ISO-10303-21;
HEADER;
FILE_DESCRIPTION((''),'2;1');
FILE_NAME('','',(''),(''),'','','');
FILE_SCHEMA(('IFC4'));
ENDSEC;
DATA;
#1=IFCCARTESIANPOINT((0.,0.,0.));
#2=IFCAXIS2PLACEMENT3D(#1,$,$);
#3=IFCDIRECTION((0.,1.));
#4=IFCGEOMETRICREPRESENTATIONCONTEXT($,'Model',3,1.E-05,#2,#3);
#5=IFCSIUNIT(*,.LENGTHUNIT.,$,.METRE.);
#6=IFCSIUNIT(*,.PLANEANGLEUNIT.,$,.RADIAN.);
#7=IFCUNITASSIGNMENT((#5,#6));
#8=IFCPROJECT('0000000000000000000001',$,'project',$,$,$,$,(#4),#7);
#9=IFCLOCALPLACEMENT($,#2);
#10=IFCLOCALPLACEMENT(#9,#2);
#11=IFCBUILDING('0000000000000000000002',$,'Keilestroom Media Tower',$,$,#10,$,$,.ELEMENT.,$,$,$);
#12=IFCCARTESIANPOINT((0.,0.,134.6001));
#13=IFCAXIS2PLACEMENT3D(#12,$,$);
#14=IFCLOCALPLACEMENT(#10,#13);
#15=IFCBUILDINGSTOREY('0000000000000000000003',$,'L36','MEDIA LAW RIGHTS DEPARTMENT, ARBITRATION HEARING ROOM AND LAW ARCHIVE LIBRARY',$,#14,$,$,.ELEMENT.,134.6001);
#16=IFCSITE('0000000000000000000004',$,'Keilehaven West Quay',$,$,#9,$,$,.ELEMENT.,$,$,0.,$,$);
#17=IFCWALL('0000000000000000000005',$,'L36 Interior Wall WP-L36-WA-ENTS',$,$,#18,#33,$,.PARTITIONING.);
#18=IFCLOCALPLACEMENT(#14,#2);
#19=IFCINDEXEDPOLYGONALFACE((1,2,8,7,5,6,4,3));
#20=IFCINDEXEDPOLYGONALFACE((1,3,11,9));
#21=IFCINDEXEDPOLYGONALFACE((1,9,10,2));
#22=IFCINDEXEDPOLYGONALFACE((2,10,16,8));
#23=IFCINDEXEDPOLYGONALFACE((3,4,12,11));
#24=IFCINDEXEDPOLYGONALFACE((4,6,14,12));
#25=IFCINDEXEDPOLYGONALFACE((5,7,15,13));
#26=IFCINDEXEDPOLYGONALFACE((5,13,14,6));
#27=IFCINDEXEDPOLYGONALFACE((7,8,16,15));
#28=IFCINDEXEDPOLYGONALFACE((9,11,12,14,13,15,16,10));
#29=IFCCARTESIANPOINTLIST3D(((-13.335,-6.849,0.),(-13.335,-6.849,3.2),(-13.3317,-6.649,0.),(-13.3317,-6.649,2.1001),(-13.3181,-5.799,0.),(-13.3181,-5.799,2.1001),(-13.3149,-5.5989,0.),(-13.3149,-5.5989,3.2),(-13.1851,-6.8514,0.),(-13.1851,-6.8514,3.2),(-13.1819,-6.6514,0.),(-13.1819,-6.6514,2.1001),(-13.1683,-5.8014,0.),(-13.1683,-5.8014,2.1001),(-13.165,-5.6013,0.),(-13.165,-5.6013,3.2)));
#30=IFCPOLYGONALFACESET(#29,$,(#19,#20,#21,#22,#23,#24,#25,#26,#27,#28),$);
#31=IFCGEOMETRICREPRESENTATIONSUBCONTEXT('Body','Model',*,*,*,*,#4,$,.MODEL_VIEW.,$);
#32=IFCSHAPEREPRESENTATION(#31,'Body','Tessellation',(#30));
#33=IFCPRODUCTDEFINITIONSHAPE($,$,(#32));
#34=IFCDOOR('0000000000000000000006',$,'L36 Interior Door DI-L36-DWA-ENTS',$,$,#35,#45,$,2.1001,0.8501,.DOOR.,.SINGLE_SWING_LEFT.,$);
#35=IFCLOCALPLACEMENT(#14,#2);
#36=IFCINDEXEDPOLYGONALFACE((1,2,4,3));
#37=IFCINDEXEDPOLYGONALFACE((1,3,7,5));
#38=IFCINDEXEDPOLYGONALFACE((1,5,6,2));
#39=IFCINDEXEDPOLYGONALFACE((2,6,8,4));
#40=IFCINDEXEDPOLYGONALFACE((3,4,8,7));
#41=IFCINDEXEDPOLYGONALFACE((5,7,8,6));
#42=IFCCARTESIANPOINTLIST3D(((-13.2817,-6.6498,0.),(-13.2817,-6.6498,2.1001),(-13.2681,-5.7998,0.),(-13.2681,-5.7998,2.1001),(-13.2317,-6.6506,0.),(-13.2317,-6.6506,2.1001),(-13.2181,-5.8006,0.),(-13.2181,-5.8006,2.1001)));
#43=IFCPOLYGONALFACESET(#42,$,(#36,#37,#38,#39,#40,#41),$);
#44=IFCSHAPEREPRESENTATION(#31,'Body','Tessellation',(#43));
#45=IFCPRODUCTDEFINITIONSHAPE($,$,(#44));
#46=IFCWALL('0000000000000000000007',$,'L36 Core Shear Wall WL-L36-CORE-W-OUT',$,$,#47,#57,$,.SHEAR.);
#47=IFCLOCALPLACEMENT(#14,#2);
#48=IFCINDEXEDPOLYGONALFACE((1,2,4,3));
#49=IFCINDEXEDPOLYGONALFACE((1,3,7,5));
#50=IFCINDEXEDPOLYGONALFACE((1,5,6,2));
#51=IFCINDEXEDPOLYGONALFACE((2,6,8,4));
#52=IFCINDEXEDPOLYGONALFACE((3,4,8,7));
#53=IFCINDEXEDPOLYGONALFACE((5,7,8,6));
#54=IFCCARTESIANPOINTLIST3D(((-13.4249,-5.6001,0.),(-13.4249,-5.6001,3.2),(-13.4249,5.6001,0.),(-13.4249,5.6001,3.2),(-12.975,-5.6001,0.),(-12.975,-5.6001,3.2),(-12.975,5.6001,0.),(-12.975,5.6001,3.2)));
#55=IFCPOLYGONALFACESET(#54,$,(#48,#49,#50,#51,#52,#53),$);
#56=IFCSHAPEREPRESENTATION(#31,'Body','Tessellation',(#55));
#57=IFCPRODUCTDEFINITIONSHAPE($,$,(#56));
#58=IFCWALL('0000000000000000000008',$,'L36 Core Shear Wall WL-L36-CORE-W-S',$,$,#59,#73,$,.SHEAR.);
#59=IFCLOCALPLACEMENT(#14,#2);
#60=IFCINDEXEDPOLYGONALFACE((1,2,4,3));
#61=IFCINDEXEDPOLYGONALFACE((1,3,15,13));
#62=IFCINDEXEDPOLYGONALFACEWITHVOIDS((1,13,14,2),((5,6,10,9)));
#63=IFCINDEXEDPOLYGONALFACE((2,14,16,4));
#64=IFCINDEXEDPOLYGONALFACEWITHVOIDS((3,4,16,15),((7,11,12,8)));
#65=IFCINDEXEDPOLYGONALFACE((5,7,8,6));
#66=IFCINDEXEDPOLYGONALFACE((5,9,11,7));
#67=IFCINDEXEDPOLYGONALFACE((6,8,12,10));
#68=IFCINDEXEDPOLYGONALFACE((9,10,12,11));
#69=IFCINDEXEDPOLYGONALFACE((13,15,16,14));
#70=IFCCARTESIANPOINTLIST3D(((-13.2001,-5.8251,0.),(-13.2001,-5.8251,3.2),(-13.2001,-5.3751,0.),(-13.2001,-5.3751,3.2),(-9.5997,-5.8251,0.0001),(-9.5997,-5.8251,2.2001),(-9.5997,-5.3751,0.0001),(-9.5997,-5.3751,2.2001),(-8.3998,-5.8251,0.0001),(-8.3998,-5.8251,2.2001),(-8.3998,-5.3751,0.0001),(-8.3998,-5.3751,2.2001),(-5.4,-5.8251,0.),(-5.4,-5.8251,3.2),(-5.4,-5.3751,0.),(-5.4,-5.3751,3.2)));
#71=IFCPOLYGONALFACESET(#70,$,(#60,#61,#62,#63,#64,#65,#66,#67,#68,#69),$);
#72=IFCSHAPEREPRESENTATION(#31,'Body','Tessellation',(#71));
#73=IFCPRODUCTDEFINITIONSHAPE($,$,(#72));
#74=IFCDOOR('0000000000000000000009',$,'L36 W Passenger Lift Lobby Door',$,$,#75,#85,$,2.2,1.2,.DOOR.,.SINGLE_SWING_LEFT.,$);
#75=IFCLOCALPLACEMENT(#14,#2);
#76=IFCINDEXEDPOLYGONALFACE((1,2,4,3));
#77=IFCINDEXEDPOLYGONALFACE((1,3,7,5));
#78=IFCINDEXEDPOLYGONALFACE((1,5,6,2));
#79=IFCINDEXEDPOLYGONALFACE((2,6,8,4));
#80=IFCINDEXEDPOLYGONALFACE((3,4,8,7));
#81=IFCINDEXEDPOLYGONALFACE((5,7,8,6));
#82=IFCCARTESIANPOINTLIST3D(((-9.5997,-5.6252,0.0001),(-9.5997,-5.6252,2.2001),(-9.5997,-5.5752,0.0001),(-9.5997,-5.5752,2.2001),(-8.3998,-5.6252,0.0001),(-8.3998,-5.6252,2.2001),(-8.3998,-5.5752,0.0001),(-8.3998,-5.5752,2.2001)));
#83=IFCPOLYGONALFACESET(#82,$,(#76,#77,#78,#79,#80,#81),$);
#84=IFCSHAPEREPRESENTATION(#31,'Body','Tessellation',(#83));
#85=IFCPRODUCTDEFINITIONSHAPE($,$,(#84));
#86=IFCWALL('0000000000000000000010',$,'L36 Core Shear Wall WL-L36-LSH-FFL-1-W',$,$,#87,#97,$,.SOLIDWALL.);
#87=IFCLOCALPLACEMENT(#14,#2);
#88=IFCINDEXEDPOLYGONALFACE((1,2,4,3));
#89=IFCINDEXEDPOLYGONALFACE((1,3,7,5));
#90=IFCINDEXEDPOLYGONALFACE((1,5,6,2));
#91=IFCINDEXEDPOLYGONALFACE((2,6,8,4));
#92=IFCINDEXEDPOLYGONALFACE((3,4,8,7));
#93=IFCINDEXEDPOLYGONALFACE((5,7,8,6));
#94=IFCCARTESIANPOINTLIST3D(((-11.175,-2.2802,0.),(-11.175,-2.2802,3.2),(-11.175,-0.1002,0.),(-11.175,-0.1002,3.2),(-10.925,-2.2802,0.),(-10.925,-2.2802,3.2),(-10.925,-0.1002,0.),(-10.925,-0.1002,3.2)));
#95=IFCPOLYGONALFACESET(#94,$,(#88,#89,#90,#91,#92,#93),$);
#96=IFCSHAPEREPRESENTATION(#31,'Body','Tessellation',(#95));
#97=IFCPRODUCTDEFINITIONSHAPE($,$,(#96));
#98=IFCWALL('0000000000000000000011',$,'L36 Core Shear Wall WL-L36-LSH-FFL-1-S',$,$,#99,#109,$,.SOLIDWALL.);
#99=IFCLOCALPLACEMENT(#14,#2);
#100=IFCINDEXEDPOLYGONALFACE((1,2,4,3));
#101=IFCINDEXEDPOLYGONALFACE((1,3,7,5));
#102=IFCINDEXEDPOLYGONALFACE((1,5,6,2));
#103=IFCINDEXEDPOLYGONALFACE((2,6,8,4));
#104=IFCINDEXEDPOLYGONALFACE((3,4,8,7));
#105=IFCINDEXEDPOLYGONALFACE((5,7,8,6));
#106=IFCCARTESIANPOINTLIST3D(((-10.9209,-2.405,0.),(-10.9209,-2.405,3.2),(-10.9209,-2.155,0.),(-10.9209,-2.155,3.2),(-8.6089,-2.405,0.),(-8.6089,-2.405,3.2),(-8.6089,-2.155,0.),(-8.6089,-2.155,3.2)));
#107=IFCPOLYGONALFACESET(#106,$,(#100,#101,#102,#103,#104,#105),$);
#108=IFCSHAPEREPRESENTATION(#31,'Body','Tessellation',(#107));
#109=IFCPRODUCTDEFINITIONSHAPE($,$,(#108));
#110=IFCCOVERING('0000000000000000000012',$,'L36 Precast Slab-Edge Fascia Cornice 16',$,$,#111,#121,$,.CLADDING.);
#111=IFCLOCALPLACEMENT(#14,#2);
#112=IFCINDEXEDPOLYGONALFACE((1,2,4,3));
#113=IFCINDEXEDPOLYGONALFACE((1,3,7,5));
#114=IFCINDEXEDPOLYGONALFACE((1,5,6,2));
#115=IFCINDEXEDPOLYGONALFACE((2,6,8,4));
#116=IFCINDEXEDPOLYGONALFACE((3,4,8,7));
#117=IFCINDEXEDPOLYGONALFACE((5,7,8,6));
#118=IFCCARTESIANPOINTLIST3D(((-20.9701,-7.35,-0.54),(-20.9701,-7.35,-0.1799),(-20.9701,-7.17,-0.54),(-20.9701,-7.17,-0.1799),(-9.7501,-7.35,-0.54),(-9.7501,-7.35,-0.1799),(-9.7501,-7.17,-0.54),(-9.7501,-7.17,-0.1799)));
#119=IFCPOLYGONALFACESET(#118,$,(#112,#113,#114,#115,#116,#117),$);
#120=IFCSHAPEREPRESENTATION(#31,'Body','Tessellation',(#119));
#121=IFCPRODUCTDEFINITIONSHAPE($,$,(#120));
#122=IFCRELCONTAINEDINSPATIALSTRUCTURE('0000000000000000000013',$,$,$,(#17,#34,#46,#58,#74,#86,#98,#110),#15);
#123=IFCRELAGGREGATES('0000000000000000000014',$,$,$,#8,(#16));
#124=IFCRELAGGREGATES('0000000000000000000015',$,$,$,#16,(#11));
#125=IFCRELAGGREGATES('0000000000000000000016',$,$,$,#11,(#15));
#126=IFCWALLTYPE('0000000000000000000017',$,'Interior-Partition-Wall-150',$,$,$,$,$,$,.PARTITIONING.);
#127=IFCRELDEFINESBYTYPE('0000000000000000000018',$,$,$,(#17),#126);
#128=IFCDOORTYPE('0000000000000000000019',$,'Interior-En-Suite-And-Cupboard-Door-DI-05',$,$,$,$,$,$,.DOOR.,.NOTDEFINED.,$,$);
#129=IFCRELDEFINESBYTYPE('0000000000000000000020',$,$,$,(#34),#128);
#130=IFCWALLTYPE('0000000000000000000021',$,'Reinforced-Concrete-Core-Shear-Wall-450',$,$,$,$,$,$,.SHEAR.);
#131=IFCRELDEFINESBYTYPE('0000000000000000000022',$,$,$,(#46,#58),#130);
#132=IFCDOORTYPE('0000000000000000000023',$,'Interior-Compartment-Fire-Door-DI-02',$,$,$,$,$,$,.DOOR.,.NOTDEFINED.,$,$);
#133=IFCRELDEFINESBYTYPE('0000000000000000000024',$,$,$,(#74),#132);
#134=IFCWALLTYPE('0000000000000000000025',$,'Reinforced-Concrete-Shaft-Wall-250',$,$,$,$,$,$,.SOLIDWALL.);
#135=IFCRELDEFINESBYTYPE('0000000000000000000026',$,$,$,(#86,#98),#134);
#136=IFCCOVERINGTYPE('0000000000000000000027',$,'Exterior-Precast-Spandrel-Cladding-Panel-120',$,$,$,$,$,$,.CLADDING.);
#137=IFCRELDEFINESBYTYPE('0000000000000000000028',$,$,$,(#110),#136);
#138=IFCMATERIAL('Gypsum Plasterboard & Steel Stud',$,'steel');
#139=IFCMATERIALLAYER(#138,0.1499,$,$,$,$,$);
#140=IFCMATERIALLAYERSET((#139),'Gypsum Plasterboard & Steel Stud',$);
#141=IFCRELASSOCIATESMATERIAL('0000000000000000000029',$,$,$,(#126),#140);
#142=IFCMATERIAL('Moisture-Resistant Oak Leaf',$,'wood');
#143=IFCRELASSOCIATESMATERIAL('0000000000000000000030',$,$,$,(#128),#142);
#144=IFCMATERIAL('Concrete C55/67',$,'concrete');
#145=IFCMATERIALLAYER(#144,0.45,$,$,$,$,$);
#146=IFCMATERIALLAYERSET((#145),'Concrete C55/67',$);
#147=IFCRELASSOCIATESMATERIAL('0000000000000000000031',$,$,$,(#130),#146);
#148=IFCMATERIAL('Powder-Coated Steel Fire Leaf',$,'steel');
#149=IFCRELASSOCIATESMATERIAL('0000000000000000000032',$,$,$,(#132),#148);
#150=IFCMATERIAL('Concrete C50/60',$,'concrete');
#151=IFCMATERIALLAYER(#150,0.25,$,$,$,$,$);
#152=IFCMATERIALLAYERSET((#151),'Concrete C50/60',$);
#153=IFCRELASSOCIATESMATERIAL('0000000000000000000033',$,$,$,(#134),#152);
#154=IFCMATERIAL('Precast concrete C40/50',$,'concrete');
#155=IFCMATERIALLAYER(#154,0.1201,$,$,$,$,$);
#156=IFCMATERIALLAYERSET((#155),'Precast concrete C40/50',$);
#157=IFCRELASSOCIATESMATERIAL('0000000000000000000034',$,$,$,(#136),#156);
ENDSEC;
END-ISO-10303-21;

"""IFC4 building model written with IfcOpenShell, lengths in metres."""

from ifc_helpers import new_model, si_unit, direction, frame, frame_2d, origin, origin_2d, place, context, subcontext, project, spatial, rectangle, extrude, source, transform, mapped, material, layer, layer_set, type_object, element, fill, save


model = new_model("IFC4")

# Units and contexts
model_context = context("Model", 3, precision=1e-05, world=origin(), true_north=direction((0.0, 1.0)))
body_context = subcontext(model_context, "Body", "Model", "MODEL_VIEW")
ifc_project = project(units=[si_unit("LENGTHUNIT", "METRE"), si_unit("PLANEANGLEUNIT", "RADIAN")], contexts=[model_context])

# Site, building, storey
site_placement = place(None, origin())
site = spatial("IfcSite", under=ifc_project, at=site_placement, Name="Keilehaven West Quay", CompositionType="ELEMENT", RefElevation=0.0)
building_placement = place(site_placement, origin())
building = spatial("IfcBuilding", under=site, at=building_placement, Name="Keilestroom Media Tower", CompositionType="ELEMENT")
storey_placement = place(building_placement, frame((0.0, 0.0, 134.6001)))
storey = spatial("IfcBuildingStorey", under=building, at=storey_placement, Name="L36", Description="MEDIA LAW RIGHTS DEPARTMENT, ARBITRATION HEARING ROOM AND LAW ARCHIVE LIBRARY", CompositionType="ELEMENT", Elevation=134.6001)

# Shared definitions
ifc_material_1 = material(Name="Precast concrete C40/50", Category="concrete")

# Wall, opening, door
ifc_material_2 = material(Name="Gypsum Plasterboard & Steel Stud", Category="steel")
ifc_layer_1 = layer(ifc_material_2, 0.1499)
ifc_layer_set_1 = layer_set([ifc_layer_1], Name="Gypsum Plasterboard & Steel Stud")
wall_type_1 = type_object("IfcWallType", Name="Interior-Partition-Wall-150", PredefinedType="PARTITIONING", material=ifc_layer_set_1)
wall_1_placement = place(storey_placement, frame((-13.26, -6.8501, 0.0), z_axis=(0.0, 0.0, 1.0), x_axis=(0.016014, 0.999872, 0.0)))
wall_1 = element("IfcWall", 1, at=wall_1_placement, inside=storey, type_object=wall_type_1, Name="L36 Interior Wall WP-L36-WA-ENTS", PredefinedType="PARTITIONING", context=body_context, shape_type="SweptSolid", body=[
    extrude(rectangle(XDim=1.2502, YDim=0.1499, at=frame_2d((0.625, 0.0))), origin(), (0.0, 0.0, 1.0), 3.2),
])
opening_1_placement = place(wall_1_placement, frame((0.2, 0.0, 0.0)))
opening_1 = element("IfcOpeningElement", 2, at=opening_1_placement, cuts=wall_1, PredefinedType="OPENING", context=body_context, shape_type="SweptSolid", body=[
    extrude(rectangle(XDim=0.8501, YDim=2.1001, at=frame_2d((0.425, 1.05))), frame((0.0, 0.085, 0.0), z_axis=(0.0, -1.0, 0.0), x_axis=(1.0, 0.0, 0.0)), (0.0, 0.0, 1.0), 0.1699),
])
ifc_material_3 = material(Name="Moisture-Resistant Oak Leaf", Category="wood")
door_type_1 = type_object("IfcDoorType", Name="Interior-En-Suite-And-Cupboard-Door-DI-05", OperationType="NOTDEFINED", PredefinedType="DOOR", material=ifc_material_3)
shared_shape_1 = source(origin(), body_context, "Body", "SweptSolid", [
    extrude(rectangle(XDim=0.8501, YDim=2.1001, at=frame_2d((0.425, 1.05))), frame((0.0, 0.0249, 0.0), z_axis=(0.0, -1.0, 0.0), x_axis=(1.0, 0.0, 0.0)), (0.0, 0.0, 1.0), 0.05),
])
door_1_placement = place(opening_1_placement, origin())
door_1 = element("IfcDoor", 3, at=door_1_placement, inside=storey, type_object=door_type_1, Name="L36 Interior Door DI-L36-DWA-ENTS", OperationType="SINGLE_SWING_LEFT", OverallHeight=2.1001, OverallWidth=0.8501, PredefinedType="DOOR", context=body_context, shape_type="MappedRepresentation", body=[
    mapped(shared_shape_1, transform((0.0, 0.0, 0.0), x_axis=(1.0, 0.0, 0.0), y_axis=(0.0, 1.0, 0.0), z_axis=(0.0, 0.0, 1.0), scale=1.0)),
])
fill(opening_1, door_1)

# Wall
ifc_material_4 = material(Name="Concrete C55/67", Category="concrete")
ifc_layer_2 = layer(ifc_material_4, 0.45)
ifc_layer_set_2 = layer_set([ifc_layer_2], Name="Concrete C55/67")
wall_type_2 = type_object("IfcWallType", Name="Reinforced-Concrete-Core-Shear-Wall-450", PredefinedType="SHEAR", material=ifc_layer_set_2)
wall_2_placement = place(storey_placement, frame((-13.2, -5.6001, 0.0), z_axis=(0.0, 0.0, 1.0), x_axis=(0.0, 1.0, 0.0)))
element("IfcWall", 4, at=wall_2_placement, inside=storey, type_object=wall_type_2, Name="L36 Core Shear Wall WL-L36-CORE-W-OUT", PredefinedType="SHEAR", context=body_context, shape_type="SweptSolid", body=[
    extrude(rectangle(XDim=11.2002, YDim=0.45, at=frame_2d((5.6001, 0.0))), origin(), (0.0, 0.0, 1.0), 3.2),
])

# Wall, opening, door
wall_3_placement = place(storey_placement, frame((-13.2, -5.6001, 0.0), z_axis=(0.0, 0.0, 1.0), x_axis=(1.0, 0.0, 0.0)))
wall_3 = element("IfcWall", 5, at=wall_3_placement, inside=storey, type_object=wall_type_2, Name="L36 Core Shear Wall WL-L36-CORE-W-S", PredefinedType="SHEAR", context=body_context, shape_type="SweptSolid", body=[
    extrude(rectangle(XDim=7.8, YDim=0.45, at=frame_2d((3.8999, 0.0))), origin(), (0.0, 0.0, 1.0), 3.2),
])
opening_2_placement = place(wall_3_placement, frame((3.6001, 0.0, 0.0)))
opening_2 = element("IfcOpeningElement", 6, at=opening_2_placement, cuts=wall_3, PredefinedType="OPENING", context=body_context, shape_type="SweptSolid", body=[
    extrude(rectangle(XDim=1.2, YDim=2.2, at=frame_2d((0.6001, 1.1001))), frame((0.0, 0.2349, 0.0), z_axis=(0.0, -1.0, 0.0), x_axis=(1.0, 0.0, 0.0)), (0.0, 0.0, 1.0), 0.47),
])
ifc_material_5 = material(Name="Powder-Coated Steel Fire Leaf", Category="steel")
door_type_2 = type_object("IfcDoorType", Name="Interior-Compartment-Fire-Door-DI-02", OperationType="NOTDEFINED", PredefinedType="DOOR", material=ifc_material_5)
shared_shape_2 = source(origin(), body_context, "Body", "SweptSolid", [
    extrude(rectangle(XDim=1.2, YDim=2.2, at=frame_2d((0.6001, 1.1001))), frame((0.0, 0.0249, 0.0), z_axis=(0.0, -1.0, 0.0), x_axis=(1.0, 0.0, 0.0)), (0.0, 0.0, 1.0), 0.05),
])
door_2_placement = place(opening_2_placement, origin())
door_2 = element("IfcDoor", 7, at=door_2_placement, inside=storey, type_object=door_type_2, Name="L36 W Passenger Lift Lobby Door", OperationType="SINGLE_SWING_LEFT", OverallHeight=2.2, OverallWidth=1.2, PredefinedType="DOOR", context=body_context, shape_type="MappedRepresentation", body=[
    mapped(shared_shape_2, transform((0.0, 0.0, 0.0), x_axis=(1.0, 0.0, 0.0), y_axis=(0.0, 1.0, 0.0), z_axis=(0.0, 0.0, 1.0), scale=1.0)),
])
fill(opening_2, door_2)

# Walls
ifc_material_6 = material(Name="Concrete C50/60", Category="concrete")
ifc_layer_3 = layer(ifc_material_6, 0.25)
ifc_layer_set_3 = layer_set([ifc_layer_3], Name="Concrete C50/60")
wall_type_3 = type_object("IfcWallType", Name="Reinforced-Concrete-Shaft-Wall-250", PredefinedType="SOLIDWALL", material=ifc_layer_set_3)
wall_4_placement = place(storey_placement, frame((-11.05, -2.28, 0.0), z_axis=(0.0, 0.0, 1.0), x_axis=(0.0, 1.0, 0.0)))
element("IfcWall", 8, at=wall_4_placement, inside=storey, type_object=wall_type_3, Name="L36 Core Shear Wall WL-L36-LSH-FFL-1-W", PredefinedType="SOLIDWALL", context=body_context, shape_type="SweptSolid", body=[
    extrude(rectangle(XDim=2.1799, YDim=0.25, at=frame_2d((1.0898, 0.0))), origin(), (0.0, 0.0, 1.0), 3.2),
])
wall_5_placement = place(storey_placement, frame((-10.9209, -2.28, 0.0), z_axis=(0.0, 0.0, 1.0), x_axis=(1.0, 0.0, 0.0)))
element("IfcWall", 9, at=wall_5_placement, inside=storey, type_object=wall_type_3, Name="L36 Core Shear Wall WL-L36-LSH-FFL-1-S", PredefinedType="SOLIDWALL", context=body_context, shape_type="SweptSolid", body=[
    extrude(rectangle(XDim=2.312, YDim=0.25, at=frame_2d((1.156, 0.0))), origin(), (0.0, 0.0, 1.0), 3.2),
])

# Covering
ifc_layer_4 = layer(ifc_material_1, 0.1201)
ifc_layer_set_4 = layer_set([ifc_layer_4], Name="Precast concrete C40/50")
covering_type = type_object("IfcCoveringType", Name="Exterior-Precast-Spandrel-Cladding-Panel-120", PredefinedType="CLADDING", material=ifc_layer_set_4)
shared_shape_3 = source(origin(), body_context, "Body", "SweptSolid", [
    extrude(rectangle(XDim=11.22, YDim=0.1799, at=origin_2d()), origin(), (0.0, 0.0, 1.0), 0.3601),
])
covering_placement = place(storey_placement, frame((-15.3601, -7.26, -0.54), z_axis=(0.0, 0.0, 1.0), x_axis=(-1.0, 0.0, 0.0)))
element("IfcCovering", 10, at=covering_placement, inside=storey, type_object=covering_type, Name="L36 Precast Slab-Edge Fascia Cornice 16", PredefinedType="CLADDING", context=body_context, shape_type="MappedRepresentation", body=[
    mapped(shared_shape_3, transform((0.0, 0.0, 0.0), x_axis=(1.0, 0.0, 0.0), y_axis=(0.0, 1.0, 0.0), z_axis=(0.0, 0.0, 1.0), scale=1.0)),
])

save(model, "model.ifc")
